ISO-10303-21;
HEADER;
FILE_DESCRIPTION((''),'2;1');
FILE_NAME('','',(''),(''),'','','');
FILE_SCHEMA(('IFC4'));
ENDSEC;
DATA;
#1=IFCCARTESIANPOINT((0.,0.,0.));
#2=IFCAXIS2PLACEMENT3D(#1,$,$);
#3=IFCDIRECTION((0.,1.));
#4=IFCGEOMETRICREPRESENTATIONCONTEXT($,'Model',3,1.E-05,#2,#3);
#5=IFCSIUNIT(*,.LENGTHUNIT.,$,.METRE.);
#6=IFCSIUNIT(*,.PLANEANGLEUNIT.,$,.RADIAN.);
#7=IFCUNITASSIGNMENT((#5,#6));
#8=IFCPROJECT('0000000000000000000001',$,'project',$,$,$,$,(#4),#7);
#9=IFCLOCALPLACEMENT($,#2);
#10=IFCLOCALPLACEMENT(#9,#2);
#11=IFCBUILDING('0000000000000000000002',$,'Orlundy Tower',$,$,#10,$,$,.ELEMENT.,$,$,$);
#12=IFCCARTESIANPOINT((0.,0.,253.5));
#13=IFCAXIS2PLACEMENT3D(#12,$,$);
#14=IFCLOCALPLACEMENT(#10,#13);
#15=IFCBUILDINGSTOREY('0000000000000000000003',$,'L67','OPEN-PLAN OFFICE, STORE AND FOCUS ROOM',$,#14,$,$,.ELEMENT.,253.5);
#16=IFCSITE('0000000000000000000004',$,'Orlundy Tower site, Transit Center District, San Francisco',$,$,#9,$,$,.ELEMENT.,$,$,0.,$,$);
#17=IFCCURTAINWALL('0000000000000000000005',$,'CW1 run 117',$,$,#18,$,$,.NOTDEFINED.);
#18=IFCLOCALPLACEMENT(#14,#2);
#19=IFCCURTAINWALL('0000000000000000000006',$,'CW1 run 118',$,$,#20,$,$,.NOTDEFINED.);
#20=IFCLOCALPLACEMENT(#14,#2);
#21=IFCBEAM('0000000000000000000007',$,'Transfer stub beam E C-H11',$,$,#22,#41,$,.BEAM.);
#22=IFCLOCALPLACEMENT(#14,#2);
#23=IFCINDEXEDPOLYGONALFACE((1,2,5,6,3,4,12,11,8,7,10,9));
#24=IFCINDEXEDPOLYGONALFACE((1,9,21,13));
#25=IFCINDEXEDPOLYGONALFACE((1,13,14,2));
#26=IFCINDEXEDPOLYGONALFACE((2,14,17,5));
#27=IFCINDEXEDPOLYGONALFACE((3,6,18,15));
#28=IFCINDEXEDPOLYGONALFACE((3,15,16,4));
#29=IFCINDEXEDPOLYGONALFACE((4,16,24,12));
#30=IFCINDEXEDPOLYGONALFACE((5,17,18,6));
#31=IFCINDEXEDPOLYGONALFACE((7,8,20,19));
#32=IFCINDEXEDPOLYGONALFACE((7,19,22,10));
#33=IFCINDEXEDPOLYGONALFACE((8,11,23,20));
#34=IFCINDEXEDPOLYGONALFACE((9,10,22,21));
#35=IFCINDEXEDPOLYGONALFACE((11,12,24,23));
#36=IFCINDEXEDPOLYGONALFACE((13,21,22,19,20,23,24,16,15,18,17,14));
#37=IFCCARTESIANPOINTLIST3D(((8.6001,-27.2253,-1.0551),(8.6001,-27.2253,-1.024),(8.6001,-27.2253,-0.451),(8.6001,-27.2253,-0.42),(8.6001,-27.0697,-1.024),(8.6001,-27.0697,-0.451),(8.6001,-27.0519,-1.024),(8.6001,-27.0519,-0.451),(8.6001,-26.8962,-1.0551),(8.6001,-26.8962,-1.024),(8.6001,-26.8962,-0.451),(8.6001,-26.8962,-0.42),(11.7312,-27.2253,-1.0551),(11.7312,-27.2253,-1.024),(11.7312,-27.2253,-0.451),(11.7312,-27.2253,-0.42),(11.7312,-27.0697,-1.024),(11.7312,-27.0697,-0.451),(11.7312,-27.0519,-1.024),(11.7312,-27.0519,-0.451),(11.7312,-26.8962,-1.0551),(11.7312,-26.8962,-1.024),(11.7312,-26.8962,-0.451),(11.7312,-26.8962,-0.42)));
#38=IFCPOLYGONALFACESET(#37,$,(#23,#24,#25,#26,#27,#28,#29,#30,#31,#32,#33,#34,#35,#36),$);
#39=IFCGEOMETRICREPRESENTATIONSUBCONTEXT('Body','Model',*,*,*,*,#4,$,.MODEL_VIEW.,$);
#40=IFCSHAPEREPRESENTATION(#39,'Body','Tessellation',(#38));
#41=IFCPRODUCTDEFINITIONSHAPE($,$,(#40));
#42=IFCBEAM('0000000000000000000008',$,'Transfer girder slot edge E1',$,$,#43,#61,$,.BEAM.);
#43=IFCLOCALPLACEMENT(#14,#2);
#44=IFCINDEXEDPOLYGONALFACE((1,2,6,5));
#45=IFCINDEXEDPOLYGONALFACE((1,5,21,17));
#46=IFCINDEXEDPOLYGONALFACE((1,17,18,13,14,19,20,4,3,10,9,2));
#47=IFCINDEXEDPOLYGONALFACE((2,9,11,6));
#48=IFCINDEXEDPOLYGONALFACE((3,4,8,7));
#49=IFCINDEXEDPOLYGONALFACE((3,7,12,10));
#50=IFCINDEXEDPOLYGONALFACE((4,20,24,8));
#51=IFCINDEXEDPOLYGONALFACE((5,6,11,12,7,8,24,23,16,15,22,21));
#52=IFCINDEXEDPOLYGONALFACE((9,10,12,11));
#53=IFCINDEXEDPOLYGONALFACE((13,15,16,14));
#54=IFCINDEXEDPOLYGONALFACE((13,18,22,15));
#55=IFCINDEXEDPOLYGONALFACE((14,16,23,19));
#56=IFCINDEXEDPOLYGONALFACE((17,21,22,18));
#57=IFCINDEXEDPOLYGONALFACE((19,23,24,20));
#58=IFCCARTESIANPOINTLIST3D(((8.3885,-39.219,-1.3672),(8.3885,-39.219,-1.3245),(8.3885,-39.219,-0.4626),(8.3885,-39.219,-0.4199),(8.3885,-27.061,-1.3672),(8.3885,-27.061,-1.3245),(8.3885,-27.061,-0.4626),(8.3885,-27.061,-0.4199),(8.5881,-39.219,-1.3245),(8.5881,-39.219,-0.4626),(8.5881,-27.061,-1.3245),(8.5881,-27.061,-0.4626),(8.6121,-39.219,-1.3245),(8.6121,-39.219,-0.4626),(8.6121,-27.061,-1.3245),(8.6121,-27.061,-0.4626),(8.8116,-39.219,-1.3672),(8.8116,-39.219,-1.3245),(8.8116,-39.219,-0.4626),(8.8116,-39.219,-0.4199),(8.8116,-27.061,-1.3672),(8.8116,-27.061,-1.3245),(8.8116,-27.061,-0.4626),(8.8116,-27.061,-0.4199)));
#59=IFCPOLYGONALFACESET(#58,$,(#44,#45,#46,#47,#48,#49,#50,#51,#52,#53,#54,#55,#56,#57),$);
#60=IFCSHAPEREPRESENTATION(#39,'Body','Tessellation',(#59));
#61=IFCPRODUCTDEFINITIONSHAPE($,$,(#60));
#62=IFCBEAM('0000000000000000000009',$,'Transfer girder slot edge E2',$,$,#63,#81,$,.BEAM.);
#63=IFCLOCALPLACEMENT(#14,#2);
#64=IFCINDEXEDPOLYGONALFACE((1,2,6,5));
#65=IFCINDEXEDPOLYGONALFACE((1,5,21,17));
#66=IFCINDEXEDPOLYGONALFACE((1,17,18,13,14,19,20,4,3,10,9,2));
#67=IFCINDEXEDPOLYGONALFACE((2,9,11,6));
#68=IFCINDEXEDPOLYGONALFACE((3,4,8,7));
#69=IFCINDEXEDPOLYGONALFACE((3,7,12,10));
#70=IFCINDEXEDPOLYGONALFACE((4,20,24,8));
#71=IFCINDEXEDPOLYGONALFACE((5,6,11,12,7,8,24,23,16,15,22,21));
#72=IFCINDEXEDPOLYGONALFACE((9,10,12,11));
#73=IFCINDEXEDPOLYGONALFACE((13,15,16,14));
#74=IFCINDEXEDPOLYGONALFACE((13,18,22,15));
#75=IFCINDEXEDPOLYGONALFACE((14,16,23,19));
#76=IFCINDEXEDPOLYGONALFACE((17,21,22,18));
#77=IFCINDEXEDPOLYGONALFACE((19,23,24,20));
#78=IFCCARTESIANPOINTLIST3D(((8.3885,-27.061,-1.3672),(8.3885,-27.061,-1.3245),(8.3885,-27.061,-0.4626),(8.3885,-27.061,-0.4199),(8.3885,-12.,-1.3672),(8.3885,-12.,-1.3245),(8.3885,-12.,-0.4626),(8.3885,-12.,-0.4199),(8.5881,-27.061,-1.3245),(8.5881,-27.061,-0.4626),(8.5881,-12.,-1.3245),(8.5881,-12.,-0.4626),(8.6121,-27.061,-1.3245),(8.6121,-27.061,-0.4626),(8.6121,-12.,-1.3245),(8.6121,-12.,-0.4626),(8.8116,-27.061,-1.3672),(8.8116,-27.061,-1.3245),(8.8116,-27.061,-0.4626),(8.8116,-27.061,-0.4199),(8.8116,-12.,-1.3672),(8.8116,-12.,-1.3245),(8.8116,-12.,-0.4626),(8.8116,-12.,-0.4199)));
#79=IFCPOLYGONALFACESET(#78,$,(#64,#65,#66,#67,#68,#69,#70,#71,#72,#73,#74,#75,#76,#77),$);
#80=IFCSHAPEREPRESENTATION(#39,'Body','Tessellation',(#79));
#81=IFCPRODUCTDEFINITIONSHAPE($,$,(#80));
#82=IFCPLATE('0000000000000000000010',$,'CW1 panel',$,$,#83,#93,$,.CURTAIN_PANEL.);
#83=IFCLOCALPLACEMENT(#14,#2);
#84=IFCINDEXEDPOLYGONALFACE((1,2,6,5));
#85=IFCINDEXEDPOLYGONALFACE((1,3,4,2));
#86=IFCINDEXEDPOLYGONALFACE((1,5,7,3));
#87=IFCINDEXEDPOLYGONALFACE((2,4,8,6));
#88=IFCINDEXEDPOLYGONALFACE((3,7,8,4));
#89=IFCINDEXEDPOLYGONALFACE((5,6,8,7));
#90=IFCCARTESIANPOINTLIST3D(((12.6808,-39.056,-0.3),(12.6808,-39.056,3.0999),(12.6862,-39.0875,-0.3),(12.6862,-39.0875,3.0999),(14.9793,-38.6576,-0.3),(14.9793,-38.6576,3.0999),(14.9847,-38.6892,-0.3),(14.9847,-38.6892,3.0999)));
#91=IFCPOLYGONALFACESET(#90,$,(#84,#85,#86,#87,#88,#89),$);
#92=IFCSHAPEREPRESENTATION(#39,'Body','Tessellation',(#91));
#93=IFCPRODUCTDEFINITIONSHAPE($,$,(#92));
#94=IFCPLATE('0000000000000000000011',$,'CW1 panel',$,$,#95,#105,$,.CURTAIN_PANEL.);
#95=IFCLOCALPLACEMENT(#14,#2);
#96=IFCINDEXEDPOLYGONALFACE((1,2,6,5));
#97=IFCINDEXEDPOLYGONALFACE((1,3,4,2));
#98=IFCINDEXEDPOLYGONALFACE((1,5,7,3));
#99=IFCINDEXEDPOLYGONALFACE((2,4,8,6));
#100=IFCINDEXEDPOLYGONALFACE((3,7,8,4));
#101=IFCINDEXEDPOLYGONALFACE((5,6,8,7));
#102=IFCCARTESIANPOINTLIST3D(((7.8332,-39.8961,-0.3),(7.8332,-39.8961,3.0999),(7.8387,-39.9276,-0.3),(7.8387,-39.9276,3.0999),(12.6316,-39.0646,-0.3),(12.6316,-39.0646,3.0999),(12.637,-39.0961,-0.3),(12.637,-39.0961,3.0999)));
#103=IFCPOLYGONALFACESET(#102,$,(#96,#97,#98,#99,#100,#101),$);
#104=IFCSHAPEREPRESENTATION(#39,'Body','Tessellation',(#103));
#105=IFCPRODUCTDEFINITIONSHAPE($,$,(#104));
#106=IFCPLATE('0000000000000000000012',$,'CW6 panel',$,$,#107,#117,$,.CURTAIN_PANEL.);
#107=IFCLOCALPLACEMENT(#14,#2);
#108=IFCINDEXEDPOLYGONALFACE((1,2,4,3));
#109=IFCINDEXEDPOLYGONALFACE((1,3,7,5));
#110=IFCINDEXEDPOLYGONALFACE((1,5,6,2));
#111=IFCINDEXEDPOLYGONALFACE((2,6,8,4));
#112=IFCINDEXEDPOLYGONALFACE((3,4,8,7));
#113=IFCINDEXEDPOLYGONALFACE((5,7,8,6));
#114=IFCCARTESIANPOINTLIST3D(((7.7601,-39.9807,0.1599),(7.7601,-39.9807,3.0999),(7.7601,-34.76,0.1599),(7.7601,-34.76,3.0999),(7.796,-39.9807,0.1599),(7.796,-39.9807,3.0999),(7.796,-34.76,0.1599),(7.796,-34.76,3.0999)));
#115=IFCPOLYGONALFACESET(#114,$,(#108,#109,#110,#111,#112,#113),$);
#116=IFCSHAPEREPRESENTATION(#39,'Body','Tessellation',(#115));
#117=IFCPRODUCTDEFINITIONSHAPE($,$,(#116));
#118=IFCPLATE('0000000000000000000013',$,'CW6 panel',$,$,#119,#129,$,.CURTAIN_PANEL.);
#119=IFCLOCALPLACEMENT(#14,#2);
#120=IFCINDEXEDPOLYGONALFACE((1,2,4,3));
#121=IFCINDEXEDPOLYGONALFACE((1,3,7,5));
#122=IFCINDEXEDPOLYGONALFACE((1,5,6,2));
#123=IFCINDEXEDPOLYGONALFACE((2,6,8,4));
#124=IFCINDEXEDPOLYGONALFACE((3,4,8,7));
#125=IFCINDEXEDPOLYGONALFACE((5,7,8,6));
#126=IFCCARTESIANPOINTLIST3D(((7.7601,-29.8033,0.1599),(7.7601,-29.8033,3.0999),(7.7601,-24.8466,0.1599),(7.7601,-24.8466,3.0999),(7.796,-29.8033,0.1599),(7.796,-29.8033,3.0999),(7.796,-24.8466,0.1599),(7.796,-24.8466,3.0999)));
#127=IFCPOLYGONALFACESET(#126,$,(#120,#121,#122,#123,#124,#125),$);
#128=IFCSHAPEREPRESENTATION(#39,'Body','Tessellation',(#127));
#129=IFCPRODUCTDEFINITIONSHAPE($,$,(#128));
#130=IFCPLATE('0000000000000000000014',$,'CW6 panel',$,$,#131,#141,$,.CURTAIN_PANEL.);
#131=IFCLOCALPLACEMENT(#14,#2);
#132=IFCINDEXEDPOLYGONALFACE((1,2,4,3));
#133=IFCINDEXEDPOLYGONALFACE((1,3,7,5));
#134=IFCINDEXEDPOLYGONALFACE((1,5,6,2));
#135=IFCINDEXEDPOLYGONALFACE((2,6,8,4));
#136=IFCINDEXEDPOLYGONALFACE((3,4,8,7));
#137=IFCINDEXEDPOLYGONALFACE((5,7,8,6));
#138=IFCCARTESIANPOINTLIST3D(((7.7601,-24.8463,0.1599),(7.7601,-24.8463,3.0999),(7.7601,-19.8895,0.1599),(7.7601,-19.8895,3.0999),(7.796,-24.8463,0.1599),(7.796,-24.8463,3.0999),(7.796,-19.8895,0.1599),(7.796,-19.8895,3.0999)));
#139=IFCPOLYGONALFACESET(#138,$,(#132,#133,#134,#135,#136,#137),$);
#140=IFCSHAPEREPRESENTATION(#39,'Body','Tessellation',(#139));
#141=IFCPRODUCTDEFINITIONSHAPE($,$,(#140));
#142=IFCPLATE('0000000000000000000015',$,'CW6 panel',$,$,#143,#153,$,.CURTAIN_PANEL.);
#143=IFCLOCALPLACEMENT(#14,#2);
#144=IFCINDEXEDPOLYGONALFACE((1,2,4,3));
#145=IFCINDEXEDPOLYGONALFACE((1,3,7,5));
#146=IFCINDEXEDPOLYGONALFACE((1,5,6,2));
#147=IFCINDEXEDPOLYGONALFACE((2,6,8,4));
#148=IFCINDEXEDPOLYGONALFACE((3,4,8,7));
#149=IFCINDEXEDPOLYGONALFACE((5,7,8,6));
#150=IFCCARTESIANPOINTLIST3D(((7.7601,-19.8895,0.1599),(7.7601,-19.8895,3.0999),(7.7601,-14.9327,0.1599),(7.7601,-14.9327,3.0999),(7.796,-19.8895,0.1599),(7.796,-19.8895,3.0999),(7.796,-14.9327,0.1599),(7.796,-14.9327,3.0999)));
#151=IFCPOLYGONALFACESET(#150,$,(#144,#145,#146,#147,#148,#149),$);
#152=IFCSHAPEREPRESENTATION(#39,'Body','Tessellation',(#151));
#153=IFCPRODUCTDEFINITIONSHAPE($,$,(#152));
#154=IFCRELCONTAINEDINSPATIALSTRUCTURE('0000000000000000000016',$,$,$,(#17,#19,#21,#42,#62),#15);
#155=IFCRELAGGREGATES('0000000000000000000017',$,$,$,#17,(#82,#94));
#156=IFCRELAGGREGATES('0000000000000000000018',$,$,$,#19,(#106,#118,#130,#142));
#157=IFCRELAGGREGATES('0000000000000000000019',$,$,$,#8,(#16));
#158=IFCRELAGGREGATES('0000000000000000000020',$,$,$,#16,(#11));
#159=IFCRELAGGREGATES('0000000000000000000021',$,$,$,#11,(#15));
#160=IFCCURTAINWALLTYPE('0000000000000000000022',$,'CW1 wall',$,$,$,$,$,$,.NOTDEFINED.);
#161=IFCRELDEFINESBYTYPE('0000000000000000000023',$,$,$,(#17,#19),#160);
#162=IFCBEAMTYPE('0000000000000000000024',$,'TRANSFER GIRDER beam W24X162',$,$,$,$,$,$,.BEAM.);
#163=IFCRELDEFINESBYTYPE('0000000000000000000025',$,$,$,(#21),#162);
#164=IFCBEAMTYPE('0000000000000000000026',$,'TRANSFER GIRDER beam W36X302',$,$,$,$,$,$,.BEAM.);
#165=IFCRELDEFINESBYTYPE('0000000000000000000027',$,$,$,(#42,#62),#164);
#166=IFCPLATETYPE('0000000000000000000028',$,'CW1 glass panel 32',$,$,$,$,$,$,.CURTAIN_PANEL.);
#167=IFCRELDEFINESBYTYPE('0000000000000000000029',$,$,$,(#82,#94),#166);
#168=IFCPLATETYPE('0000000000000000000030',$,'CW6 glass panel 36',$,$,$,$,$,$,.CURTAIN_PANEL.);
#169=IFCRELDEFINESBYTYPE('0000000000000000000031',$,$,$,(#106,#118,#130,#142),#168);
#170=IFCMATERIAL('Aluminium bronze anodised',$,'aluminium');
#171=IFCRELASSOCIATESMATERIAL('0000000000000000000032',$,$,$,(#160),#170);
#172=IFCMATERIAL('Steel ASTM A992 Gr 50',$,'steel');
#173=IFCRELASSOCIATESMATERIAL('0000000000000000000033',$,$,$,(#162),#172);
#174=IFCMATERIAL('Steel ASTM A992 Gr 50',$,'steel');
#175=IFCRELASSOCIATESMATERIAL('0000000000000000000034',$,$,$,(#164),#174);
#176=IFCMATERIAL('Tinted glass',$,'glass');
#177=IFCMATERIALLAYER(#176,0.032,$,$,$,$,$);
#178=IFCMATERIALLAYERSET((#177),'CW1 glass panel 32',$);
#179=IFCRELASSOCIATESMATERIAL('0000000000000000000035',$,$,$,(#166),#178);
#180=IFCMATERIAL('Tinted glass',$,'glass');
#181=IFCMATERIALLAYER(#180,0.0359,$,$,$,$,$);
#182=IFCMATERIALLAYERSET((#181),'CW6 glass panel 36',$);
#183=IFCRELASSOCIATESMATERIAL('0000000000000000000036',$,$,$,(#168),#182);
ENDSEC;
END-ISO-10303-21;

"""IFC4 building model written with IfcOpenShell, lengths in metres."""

from ifc_helpers import new_model, si_unit, direction, frame, origin, origin_2d, place, context, subcontext, project, spatial, rectangle, i_section, extrude, material, layer, layer_set, material_profile, profile_set, type_object, element, aggregate, save


model = new_model("IFC4")

# Units and contexts
model_context = context("Model", 3, precision=1e-05, world=origin(), true_north=direction((0.0, 1.0)))
body_context = subcontext(model_context, "Body", "Model", "MODEL_VIEW")
ifc_project = project(units=[si_unit("LENGTHUNIT", "METRE"), si_unit("PLANEANGLEUNIT", "RADIAN")], contexts=[model_context])

# Site, building, storey
site_placement = place(None, origin())
site = spatial("IfcSite", under=ifc_project, at=site_placement, Name="Orlundy Tower site, Transit Center District, San Francisco", CompositionType="ELEMENT", RefElevation=0.0)
building_placement = place(site_placement, origin())
building = spatial("IfcBuilding", under=site, at=building_placement, Name="Orlundy Tower", CompositionType="ELEMENT")
storey_placement = place(building_placement, frame((0.0, 0.0, 253.5)))
storey = spatial("IfcBuildingStorey", under=building, at=storey_placement, Name="L67", Description="OPEN-PLAN OFFICE, STORE AND FOCUS ROOM", CompositionType="ELEMENT", Elevation=253.5)

# Curtain walls
ifc_material_1 = material(Name="Aluminium bronze anodised", Category="aluminium")
curtain_wall_type = type_object("IfcCurtainWallType", Name="CW1 wall", PredefinedType="NOTDEFINED", material=ifc_material_1)
curtain_wall_1_placement = place(storey_placement, origin())
curtain_wall_1 = element("IfcCurtainWall", 1, at=curtain_wall_1_placement, inside=storey, type_object=curtain_wall_type, Name="CW1 run 117", PredefinedType="NOTDEFINED")
curtain_wall_2_placement = place(storey_placement, origin())
curtain_wall_2 = element("IfcCurtainWall", 2, at=curtain_wall_2_placement, inside=storey, type_object=curtain_wall_type, Name="CW1 run 118", PredefinedType="NOTDEFINED")

# Beams
ifc_material_2 = material(Name="Steel ASTM A992 Gr 50", Category="steel")
ifc_material_profile_1 = material_profile(ifc_material_2, i_section(OverallWidth=0.3291, OverallDepth=0.635, WebThickness=0.0178, FlangeThickness=0.031, at=origin_2d()), Name="W24X162")
ifc_profile_set_1 = profile_set([ifc_material_profile_1], Name="Steel ASTM A992 Gr 50")
beam_type_1 = type_object("IfcBeamType", Name="TRANSFER GIRDER beam W24X162", PredefinedType="BEAM", material=ifc_profile_set_1)
beam_1_placement = place(storey_placement, frame((8.6001, -27.0608, -0.7375), z_axis=(1.0, 0.0, 0.0), x_axis=(0.0, 1.0, 0.0)))
element("IfcBeam", 3, at=beam_1_placement, inside=storey, type_object=beam_type_1, Name="Transfer stub beam E C-H11", PredefinedType="BEAM", context=body_context, shape_type="SweptSolid", body=[
    extrude(i_section(OverallWidth=0.3291, OverallDepth=0.635, WebThickness=0.0178, FlangeThickness=0.031, at=origin_2d()), origin(), (0.0, 0.0, 1.0), 3.1311),
])
ifc_material_3 = material(Name="Steel ASTM A992 Gr 50", Category="steel")
ifc_material_profile_2 = material_profile(ifc_material_3, i_section(OverallWidth=0.4231, OverallDepth=0.9473, WebThickness=0.0239, FlangeThickness=0.0427, at=origin_2d()), Name="W36X302")
ifc_profile_set_2 = profile_set([ifc_material_profile_2], Name="Steel ASTM A992 Gr 50")
beam_type_2 = type_object("IfcBeamType", Name="TRANSFER GIRDER beam W36X302", PredefinedType="BEAM", material=ifc_profile_set_2)
beam_2_placement = place(storey_placement, frame((8.6001, -39.219, -0.8936), z_axis=(0.0, 1.0, 0.0), x_axis=(-1.0, 0.0, 0.0)))
element("IfcBeam", 4, at=beam_2_placement, inside=storey, type_object=beam_type_2, Name="Transfer girder slot edge E1", PredefinedType="BEAM", context=body_context, shape_type="SweptSolid", body=[
    extrude(i_section(OverallWidth=0.4231, OverallDepth=0.9473, WebThickness=0.0239, FlangeThickness=0.0427, at=origin_2d()), origin(), (0.0, 0.0, 1.0), 12.158),
])
beam_3_placement = place(storey_placement, frame((8.6001, -27.061, -0.8936), z_axis=(0.0, 1.0, 0.0), x_axis=(-1.0, 0.0, 0.0)))
element("IfcBeam", 5, at=beam_3_placement, inside=storey, type_object=beam_type_2, Name="Transfer girder slot edge E2", PredefinedType="BEAM", context=body_context, shape_type="SweptSolid", body=[
    extrude(i_section(OverallWidth=0.4231, OverallDepth=0.9473, WebThickness=0.0239, FlangeThickness=0.0427, at=origin_2d()), origin(), (0.0, 0.0, 1.0), 15.061),
])

# Plates
ifc_material_4 = material(Name="Tinted glass", Category="glass")
ifc_layer_1 = layer(ifc_material_4, 0.032)
ifc_layer_set_1 = layer_set([ifc_layer_1], Name="CW1 glass panel 32")
plate_type_1 = type_object("IfcPlateType", Name="CW1 glass panel 32", PredefinedType="CURTAIN_PANEL", material=ifc_layer_set_1)
plate_1_placement = place(storey_placement, frame((13.8328, -38.8726, -0.3), z_axis=(0.0, 0.0, 1.0), x_axis=(-0.985315, -0.170744, 0.0)))
plate_1 = element("IfcPlate", 6, at=plate_1_placement, type_object=plate_type_1, Name="CW1 panel", PredefinedType="CURTAIN_PANEL", context=body_context, shape_type="SweptSolid", body=[
    extrude(rectangle(XDim=2.3328, YDim=0.032, at=origin_2d()), origin(), (0.0, 0.0, 1.0), 3.3999),
])
plate_2_placement = place(storey_placement, frame((10.2351, -39.4961, -0.3), z_axis=(0.0, 0.0, 1.0), x_axis=(-0.985315, -0.170744, 0.0)))
plate_2 = element("IfcPlate", 7, at=plate_2_placement, type_object=plate_type_1, Name="CW1 panel", PredefinedType="CURTAIN_PANEL", context=body_context, shape_type="SweptSolid", body=[
    extrude(rectangle(XDim=4.8699, YDim=0.032, at=origin_2d()), origin(), (0.0, 0.0, 1.0), 3.3999),
])
aggregate(curtain_wall_1, [plate_1, plate_2])
ifc_material_5 = material(Name="Tinted glass", Category="glass")
ifc_layer_2 = layer(ifc_material_5, 0.0359)
ifc_layer_set_2 = layer_set([ifc_layer_2], Name="CW6 glass panel 36")
plate_type_2 = type_object("IfcPlateType", Name="CW6 glass panel 36", PredefinedType="CURTAIN_PANEL", material=ifc_layer_set_2)
plate_3_placement = place(storey_placement, frame((7.7781, -37.3704, 0.1599), z_axis=(0.0, 0.0, 1.0), x_axis=(0.0, 1.0, 0.0)))
plate_3 = element("IfcPlate", 8, at=plate_3_placement, type_object=plate_type_2, Name="CW6 panel", PredefinedType="CURTAIN_PANEL", context=body_context, shape_type="SweptSolid", body=[
    extrude(rectangle(XDim=5.2207, YDim=0.0359, at=origin_2d()), origin(), (0.0, 0.0, 1.0), 2.9399),
])
plate_4_placement = place(storey_placement, frame((7.7781, -27.325, 0.1599), z_axis=(0.0, 0.0, 1.0), x_axis=(0.0, 1.0, 0.0)))
plate_4 = element("IfcPlate", 9, at=plate_4_placement, type_object=plate_type_2, Name="CW6 panel", PredefinedType="CURTAIN_PANEL", context=body_context, shape_type="SweptSolid", body=[
    extrude(rectangle(XDim=4.9568, YDim=0.0359, at=origin_2d()), origin(), (0.0, 0.0, 1.0), 2.9399),
])
plate_5_placement = place(storey_placement, frame((7.7781, -22.3679, 0.1599), z_axis=(0.0, 0.0, 1.0), x_axis=(0.0, 1.0, 0.0)))
plate_5 = element("IfcPlate", 10, at=plate_5_placement, type_object=plate_type_2, Name="CW6 panel", PredefinedType="CURTAIN_PANEL", context=body_context, shape_type="SweptSolid", body=[
    extrude(rectangle(XDim=4.9568, YDim=0.0359, at=origin_2d()), origin(), (0.0, 0.0, 1.0), 2.9399),
])
plate_6_placement = place(storey_placement, frame((7.7781, -17.4111, 0.1599), z_axis=(0.0, 0.0, 1.0), x_axis=(0.0, 1.0, 0.0)))
plate_6 = element("IfcPlate", 11, at=plate_6_placement, type_object=plate_type_2, Name="CW6 panel", PredefinedType="CURTAIN_PANEL", context=body_context, shape_type="SweptSolid", body=[
    extrude(rectangle(XDim=4.9568, YDim=0.0359, at=origin_2d()), origin(), (0.0, 0.0, 1.0), 2.9399),
])
aggregate(curtain_wall_2, [plate_3, plate_4, plate_5, plate_6])

save(model, "model.ifc")
